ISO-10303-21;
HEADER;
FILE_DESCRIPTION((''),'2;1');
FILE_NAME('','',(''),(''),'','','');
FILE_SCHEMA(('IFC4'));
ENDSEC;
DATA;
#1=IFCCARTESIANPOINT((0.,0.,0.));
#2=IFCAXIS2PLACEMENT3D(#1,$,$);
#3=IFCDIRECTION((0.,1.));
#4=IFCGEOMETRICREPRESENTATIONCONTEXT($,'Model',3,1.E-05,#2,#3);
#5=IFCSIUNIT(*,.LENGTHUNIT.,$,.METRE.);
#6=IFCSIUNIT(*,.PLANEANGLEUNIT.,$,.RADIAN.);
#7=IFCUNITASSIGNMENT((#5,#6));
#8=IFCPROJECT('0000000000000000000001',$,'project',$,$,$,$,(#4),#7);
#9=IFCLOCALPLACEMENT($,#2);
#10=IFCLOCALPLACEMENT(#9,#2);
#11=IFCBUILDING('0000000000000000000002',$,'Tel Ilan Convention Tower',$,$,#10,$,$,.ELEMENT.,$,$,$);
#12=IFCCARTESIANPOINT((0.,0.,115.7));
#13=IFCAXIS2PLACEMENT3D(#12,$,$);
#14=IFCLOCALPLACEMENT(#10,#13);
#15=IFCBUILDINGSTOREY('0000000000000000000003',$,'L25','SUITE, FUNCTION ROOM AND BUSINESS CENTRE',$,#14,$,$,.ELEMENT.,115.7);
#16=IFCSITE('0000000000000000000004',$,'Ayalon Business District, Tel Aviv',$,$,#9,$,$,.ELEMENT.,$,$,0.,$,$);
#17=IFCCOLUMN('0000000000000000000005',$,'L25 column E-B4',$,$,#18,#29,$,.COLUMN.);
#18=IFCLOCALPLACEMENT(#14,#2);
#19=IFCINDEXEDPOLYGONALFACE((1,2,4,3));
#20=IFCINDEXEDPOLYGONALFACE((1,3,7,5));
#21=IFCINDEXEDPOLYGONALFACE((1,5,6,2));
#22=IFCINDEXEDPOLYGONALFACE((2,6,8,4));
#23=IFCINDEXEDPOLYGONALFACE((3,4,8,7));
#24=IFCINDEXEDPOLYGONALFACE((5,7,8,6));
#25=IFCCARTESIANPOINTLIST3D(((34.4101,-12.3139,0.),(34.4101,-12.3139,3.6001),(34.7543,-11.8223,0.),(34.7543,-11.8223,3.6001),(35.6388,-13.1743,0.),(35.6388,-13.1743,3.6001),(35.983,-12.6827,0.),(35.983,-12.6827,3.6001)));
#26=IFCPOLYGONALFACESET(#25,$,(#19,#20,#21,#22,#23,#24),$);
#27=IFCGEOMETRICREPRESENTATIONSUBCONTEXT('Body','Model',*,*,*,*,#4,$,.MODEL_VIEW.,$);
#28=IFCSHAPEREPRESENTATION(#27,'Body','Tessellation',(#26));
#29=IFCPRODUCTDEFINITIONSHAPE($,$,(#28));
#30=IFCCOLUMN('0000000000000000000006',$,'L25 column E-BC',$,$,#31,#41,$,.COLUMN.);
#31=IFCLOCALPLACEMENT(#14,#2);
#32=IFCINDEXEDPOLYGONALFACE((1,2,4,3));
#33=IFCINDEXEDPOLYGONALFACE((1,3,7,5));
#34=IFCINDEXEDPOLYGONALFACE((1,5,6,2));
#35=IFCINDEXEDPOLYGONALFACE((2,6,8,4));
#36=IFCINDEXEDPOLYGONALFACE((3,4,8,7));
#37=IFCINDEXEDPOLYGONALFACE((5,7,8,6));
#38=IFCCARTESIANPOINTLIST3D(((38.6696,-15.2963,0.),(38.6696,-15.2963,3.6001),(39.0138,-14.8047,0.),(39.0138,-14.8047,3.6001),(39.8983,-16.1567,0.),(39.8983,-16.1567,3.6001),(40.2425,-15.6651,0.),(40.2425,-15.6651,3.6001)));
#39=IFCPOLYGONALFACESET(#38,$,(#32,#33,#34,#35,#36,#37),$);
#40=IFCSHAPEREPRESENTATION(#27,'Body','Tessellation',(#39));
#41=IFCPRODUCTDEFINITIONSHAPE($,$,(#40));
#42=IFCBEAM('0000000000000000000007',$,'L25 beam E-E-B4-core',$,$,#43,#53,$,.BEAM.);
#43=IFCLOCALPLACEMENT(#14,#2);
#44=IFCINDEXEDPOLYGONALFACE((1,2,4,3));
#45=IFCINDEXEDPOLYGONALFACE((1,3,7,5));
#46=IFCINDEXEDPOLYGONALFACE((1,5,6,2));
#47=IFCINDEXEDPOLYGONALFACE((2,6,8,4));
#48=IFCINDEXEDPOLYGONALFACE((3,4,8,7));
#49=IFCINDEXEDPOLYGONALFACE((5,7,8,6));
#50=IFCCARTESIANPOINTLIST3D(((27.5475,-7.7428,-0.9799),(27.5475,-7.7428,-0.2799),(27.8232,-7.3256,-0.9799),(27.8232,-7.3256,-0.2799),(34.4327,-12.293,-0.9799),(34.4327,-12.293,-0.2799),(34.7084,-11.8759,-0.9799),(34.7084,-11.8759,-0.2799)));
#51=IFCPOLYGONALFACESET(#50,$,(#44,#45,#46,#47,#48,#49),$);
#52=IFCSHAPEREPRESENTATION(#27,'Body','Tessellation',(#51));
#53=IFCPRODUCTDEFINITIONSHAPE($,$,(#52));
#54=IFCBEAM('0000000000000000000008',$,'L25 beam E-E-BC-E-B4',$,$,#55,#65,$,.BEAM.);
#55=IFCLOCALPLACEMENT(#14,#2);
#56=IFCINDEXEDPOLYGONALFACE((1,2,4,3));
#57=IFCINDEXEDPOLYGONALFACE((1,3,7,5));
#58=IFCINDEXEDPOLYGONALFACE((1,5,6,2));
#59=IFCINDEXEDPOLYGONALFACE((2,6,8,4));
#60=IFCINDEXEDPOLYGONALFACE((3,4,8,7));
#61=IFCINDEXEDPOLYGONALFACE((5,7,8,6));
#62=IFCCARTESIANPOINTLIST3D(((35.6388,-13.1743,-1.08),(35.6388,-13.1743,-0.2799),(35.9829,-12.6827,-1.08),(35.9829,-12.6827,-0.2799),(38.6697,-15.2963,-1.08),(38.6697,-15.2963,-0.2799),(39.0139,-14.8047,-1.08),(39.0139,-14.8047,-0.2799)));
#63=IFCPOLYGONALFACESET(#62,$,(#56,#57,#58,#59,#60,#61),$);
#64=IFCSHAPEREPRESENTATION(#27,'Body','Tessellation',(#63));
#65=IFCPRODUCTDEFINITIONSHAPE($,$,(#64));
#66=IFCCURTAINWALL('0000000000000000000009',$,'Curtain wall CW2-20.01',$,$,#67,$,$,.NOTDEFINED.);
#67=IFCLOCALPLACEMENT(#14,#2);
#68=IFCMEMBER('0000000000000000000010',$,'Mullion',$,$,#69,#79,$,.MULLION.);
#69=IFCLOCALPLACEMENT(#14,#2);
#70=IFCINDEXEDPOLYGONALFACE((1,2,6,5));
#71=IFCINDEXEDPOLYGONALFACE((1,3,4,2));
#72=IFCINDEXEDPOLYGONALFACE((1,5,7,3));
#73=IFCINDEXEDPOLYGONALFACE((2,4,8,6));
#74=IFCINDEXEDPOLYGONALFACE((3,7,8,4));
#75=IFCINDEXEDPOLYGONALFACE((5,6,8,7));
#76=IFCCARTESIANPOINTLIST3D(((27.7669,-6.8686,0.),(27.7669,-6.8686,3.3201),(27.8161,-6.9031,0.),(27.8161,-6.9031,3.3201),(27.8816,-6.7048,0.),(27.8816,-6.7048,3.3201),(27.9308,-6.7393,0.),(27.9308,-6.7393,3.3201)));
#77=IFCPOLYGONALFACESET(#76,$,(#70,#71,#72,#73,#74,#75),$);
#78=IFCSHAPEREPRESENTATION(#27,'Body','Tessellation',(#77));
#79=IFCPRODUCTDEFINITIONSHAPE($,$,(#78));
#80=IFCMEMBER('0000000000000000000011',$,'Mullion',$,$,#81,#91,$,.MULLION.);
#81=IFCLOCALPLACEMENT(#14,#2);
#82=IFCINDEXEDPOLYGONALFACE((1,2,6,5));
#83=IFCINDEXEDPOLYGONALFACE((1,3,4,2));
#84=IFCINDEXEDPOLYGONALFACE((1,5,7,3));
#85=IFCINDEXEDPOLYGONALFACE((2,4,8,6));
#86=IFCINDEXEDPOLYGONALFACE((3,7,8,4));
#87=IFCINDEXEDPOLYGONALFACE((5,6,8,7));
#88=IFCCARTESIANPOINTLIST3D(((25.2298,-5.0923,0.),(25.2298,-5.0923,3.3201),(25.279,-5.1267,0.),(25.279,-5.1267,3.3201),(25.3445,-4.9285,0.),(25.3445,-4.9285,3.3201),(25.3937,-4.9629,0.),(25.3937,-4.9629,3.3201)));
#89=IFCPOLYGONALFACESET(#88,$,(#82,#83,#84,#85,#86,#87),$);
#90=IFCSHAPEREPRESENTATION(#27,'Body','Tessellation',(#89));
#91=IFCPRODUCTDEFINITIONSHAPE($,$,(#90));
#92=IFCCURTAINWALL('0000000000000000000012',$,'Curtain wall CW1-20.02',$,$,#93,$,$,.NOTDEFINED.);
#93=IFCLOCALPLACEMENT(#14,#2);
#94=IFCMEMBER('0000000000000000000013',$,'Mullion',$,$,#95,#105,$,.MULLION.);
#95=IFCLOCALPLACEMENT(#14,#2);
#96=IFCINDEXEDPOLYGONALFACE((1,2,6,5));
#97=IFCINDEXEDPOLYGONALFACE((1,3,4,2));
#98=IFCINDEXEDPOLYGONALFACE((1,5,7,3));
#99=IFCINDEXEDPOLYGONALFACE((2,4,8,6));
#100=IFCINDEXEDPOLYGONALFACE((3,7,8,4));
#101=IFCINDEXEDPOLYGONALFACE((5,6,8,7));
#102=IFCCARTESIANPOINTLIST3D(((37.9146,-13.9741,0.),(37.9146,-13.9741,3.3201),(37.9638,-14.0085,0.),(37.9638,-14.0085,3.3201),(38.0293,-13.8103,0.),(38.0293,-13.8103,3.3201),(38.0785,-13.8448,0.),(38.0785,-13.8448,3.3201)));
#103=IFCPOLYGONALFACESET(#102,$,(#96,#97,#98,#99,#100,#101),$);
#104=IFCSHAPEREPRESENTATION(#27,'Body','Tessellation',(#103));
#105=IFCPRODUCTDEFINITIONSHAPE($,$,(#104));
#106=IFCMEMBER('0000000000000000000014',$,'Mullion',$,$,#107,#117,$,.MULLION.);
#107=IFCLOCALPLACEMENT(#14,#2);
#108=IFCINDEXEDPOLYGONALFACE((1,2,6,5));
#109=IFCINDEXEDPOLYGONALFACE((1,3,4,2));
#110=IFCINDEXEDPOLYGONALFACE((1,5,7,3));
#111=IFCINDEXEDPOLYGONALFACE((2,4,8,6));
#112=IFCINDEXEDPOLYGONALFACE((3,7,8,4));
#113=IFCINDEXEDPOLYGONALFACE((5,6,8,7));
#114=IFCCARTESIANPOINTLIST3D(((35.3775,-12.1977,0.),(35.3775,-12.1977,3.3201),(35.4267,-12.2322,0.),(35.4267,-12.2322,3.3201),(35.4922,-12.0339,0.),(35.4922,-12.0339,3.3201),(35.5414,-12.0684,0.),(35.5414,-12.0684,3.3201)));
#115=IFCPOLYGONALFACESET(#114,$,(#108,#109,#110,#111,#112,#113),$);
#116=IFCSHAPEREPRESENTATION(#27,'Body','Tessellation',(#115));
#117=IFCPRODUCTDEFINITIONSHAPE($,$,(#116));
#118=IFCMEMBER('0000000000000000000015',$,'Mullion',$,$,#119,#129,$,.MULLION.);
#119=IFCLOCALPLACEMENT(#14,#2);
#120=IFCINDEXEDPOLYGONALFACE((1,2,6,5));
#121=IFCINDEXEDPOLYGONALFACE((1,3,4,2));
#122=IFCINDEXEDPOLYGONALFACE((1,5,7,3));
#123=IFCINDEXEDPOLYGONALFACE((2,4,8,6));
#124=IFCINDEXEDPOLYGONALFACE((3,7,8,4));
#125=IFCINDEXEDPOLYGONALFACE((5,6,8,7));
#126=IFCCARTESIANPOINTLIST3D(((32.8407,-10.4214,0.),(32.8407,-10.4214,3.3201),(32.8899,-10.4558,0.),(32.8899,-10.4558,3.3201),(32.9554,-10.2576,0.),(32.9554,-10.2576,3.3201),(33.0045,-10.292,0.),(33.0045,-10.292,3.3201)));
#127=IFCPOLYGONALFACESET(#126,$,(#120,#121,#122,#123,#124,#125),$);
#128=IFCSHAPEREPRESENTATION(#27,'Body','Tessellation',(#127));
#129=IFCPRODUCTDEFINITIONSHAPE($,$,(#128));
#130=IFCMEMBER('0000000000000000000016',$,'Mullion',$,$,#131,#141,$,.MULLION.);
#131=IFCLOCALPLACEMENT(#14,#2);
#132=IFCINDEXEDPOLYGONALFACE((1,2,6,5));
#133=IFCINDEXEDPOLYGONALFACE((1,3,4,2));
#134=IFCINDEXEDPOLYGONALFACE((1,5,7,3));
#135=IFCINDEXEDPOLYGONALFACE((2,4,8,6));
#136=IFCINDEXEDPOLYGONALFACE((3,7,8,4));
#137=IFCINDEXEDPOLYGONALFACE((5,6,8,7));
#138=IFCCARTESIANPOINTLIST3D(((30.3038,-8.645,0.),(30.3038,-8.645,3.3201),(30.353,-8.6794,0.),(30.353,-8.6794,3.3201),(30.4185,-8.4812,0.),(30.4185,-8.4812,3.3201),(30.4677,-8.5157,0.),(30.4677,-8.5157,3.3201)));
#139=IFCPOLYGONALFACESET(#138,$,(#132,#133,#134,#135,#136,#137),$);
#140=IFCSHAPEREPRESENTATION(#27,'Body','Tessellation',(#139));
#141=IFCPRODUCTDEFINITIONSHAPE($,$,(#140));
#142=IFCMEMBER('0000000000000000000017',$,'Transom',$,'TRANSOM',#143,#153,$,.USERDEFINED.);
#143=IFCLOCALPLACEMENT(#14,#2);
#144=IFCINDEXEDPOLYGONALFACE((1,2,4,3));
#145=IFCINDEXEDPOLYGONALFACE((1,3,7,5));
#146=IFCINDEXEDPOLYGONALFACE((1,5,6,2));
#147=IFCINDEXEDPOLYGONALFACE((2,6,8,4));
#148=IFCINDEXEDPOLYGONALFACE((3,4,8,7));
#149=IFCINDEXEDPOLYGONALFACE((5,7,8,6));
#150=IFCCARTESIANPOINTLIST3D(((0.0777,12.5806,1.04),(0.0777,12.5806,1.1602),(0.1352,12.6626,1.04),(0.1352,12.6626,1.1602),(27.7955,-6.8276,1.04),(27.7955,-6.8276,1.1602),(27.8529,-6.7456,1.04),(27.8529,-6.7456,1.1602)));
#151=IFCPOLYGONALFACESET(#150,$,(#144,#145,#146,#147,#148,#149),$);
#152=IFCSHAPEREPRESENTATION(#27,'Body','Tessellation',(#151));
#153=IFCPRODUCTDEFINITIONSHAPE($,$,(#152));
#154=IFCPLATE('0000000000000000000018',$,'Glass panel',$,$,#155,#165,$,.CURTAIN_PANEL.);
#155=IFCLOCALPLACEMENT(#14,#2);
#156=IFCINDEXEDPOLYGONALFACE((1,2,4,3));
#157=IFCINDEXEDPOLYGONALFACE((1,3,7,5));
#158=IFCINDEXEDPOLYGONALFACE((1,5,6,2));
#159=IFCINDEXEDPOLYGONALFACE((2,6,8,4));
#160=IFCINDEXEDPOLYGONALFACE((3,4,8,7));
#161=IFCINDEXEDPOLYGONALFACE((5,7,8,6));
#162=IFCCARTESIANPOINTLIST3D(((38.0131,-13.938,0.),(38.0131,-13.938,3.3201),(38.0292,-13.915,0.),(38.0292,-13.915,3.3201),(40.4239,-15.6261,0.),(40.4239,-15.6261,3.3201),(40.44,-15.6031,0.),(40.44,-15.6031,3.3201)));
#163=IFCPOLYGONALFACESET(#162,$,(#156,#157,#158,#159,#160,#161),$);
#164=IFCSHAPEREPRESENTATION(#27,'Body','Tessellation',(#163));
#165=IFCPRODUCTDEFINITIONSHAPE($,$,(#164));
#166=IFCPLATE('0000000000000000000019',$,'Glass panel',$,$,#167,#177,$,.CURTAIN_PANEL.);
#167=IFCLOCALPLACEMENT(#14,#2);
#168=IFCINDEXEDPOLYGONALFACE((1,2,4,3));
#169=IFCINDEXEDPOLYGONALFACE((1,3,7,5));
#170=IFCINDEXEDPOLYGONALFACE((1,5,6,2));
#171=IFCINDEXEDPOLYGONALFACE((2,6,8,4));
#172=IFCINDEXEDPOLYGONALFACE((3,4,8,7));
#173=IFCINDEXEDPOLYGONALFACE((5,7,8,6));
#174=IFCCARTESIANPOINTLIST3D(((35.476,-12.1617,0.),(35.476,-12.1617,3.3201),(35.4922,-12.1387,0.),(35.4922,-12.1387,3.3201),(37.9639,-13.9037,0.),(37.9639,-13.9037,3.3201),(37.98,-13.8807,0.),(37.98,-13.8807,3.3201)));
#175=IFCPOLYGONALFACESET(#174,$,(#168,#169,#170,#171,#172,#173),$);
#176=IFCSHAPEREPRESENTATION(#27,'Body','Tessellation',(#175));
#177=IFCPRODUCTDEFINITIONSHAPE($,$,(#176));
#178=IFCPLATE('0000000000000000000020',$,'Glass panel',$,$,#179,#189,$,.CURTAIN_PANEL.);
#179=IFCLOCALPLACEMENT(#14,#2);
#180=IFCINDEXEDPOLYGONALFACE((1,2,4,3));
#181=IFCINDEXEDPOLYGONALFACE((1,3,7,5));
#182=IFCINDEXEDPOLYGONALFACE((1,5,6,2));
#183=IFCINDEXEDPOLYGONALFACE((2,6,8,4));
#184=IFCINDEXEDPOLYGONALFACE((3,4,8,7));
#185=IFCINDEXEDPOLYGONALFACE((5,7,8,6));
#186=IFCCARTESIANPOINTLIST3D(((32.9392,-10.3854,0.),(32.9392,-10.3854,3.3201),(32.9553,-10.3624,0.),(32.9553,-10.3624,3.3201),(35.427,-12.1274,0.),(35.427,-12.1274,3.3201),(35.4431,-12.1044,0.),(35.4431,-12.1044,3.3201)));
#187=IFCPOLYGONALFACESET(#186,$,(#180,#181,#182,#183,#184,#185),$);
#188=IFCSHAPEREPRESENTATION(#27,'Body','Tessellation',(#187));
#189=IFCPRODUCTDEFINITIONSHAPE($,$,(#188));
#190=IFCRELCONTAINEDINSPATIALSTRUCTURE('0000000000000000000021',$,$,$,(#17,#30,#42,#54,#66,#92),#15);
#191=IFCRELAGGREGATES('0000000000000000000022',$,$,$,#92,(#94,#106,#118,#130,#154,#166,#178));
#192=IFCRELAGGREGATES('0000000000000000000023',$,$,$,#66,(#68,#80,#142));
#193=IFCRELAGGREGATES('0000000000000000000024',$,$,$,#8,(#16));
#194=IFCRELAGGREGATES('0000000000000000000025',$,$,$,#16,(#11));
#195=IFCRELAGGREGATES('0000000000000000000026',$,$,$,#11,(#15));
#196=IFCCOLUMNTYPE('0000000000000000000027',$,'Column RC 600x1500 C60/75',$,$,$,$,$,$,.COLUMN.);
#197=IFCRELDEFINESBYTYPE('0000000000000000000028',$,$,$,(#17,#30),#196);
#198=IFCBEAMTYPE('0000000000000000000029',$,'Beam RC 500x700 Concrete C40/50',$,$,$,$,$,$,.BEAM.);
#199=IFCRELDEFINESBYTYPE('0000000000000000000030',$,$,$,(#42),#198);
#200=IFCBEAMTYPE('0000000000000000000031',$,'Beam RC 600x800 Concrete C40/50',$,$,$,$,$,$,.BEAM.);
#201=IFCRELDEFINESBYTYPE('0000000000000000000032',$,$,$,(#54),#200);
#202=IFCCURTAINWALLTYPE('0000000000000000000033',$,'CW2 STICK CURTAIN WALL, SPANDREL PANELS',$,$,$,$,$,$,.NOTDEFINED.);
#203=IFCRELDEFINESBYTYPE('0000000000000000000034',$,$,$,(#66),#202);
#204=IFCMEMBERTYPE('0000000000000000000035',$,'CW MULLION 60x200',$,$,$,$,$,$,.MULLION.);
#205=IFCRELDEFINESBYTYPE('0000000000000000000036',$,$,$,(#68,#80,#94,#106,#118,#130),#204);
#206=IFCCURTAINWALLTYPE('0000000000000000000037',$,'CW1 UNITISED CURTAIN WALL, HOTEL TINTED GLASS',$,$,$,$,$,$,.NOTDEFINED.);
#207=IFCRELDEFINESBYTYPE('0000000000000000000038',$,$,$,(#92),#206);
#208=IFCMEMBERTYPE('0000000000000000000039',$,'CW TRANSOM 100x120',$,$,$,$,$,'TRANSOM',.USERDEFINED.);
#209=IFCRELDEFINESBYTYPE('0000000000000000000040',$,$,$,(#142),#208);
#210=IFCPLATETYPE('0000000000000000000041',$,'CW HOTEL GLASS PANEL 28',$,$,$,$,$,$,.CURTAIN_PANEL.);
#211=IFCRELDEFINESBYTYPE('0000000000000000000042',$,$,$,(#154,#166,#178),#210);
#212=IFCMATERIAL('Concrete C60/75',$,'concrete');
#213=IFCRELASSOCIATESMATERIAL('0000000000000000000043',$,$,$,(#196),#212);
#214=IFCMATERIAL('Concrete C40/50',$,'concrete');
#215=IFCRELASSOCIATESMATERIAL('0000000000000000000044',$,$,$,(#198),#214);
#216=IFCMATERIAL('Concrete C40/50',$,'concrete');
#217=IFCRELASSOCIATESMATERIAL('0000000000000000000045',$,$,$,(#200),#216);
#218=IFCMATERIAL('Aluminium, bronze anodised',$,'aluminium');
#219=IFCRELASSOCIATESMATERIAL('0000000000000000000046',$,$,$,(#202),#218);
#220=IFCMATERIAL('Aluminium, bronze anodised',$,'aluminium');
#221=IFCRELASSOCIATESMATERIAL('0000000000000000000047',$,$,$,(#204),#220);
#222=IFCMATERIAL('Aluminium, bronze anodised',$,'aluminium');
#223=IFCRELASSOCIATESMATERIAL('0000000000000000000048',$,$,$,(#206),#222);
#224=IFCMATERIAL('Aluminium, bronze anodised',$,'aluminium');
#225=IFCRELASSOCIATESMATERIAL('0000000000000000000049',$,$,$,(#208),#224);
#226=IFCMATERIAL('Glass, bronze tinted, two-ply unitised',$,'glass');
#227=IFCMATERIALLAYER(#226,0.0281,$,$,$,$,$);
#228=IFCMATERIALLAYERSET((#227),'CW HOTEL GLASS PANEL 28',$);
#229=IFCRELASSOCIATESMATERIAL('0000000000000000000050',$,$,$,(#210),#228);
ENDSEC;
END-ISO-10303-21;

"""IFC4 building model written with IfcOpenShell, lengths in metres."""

from ifc_helpers import new_model, si_unit, direction, frame, origin, origin_2d, place, context, subcontext, project, spatial, rectangle, extrude, material, layer, layer_set, material_profile, profile_set, type_object, element, aggregate, save


model = new_model("IFC4")

# Units and contexts
model_context = context("Model", 3, precision=1e-05, world=origin(), true_north=direction((0.0, 1.0)))
body_context = subcontext(model_context, "Body", "Model", "MODEL_VIEW")
ifc_project = project(units=[si_unit("LENGTHUNIT", "METRE"), si_unit("PLANEANGLEUNIT", "RADIAN")], contexts=[model_context])

# Site, building, storey
site_placement = place(None, origin())
site = spatial("IfcSite", under=ifc_project, at=site_placement, Name="Ayalon Business District, Tel Aviv", CompositionType="ELEMENT", RefElevation=0.0)
building_placement = place(site_placement, origin())
building = spatial("IfcBuilding", under=site, at=building_placement, Name="Tel Ilan Convention Tower", CompositionType="ELEMENT")
storey_placement = place(building_placement, frame((0.0, 0.0, 115.7)))
storey = spatial("IfcBuildingStorey", under=building, at=storey_placement, Name="L25", Description="SUITE, FUNCTION ROOM AND BUSINESS CENTRE", CompositionType="ELEMENT", Elevation=115.7)

# Columns
ifc_material_1 = material(Name="Concrete C60/75", Category="concrete")
ifc_material_profile_1 = material_profile(ifc_material_1, rectangle(XDim=1.5, YDim=0.6001, at=origin_2d()), Name="RC 600x1500")
ifc_profile_set_1 = profile_set([ifc_material_profile_1], Name="Concrete C60/75")
column_type = type_object("IfcColumnType", Name="Column RC 600x1500 C60/75", PredefinedType="COLUMN", material=ifc_profile_set_1)
for number, where, z_axis, x_axis, name in (
    (1, (35.1965, -12.4983, 0.0), (0.0, 0.0, 1.0), (0.819152, -0.573576, 0.0), "L25 column E-B4"),
    (2, (39.4561, -15.4807, 0.0), (0.0, 0.0, 1.0), (0.819152, -0.573576, 0.0), "L25 column E-BC"),
):
    element("IfcColumn", number, at=place(storey_placement, frame(where, z_axis=z_axis, x_axis=x_axis)), inside=storey, type_object=column_type, Name=name, PredefinedType="COLUMN", context=body_context, shape_type="SweptSolid", body=[
        extrude(rectangle(XDim=1.5, YDim=0.6001, at=origin_2d()), origin(), (0.0, 0.0, 1.0), 3.6001),
    ])

# Beams
ifc_material_2 = material(Name="Concrete C40/50", Category="concrete")
ifc_material_profile_2 = material_profile(ifc_material_2, rectangle(XDim=0.5, YDim=0.7, at=origin_2d()), Name="RC 500x700")
ifc_profile_set_2 = profile_set([ifc_material_profile_2], Name="Concrete C40/50")
beam_type_1 = type_object("IfcBeamType", Name="Beam RC 500x700 Concrete C40/50", PredefinedType="BEAM", material=ifc_profile_set_2)
beam_1_placement = place(storey_placement, frame((34.5706, -12.0845, -0.6299), z_axis=(-0.834274, 0.551351, 0.0), x_axis=(-0.551351, -0.834274, 0.0)))
element("IfcBeam", 3, at=beam_1_placement, inside=storey, type_object=beam_type_1, Name="L25 beam E-E-B4-core", PredefinedType="BEAM", context=body_context, shape_type="SweptSolid", body=[
    extrude(rectangle(XDim=0.5, YDim=0.7, at=origin_2d()), origin(), (0.0, 0.0, 1.0), 8.2529),
])
ifc_material_3 = material(Name="Concrete C40/50", Category="concrete")
ifc_material_profile_3 = material_profile(ifc_material_3, rectangle(XDim=0.6001, YDim=0.8, at=origin_2d()), Name="RC 600x800")
ifc_profile_set_3 = profile_set([ifc_material_profile_3], Name="Concrete C40/50")
beam_type_2 = type_object("IfcBeamType", Name="Beam RC 600x800 Concrete C40/50", PredefinedType="BEAM", material=ifc_profile_set_3)
beam_2_placement = place(storey_placement, frame((38.8418, -15.0505, -0.6799), z_axis=(-0.819185, 0.573529, 0.0), x_axis=(-0.573529, -0.819185, 0.0)))
element("IfcBeam", 4, at=beam_2_placement, inside=storey, type_object=beam_type_2, Name="L25 beam E-E-BC-E-B4", PredefinedType="BEAM", context=body_context, shape_type="SweptSolid", body=[
    extrude(rectangle(XDim=0.6001, YDim=0.8, at=origin_2d()), origin(), (0.0, 0.0, 1.0), 3.7),
])

# Curtain walls, members
ifc_material_4 = material(Name="Aluminium, bronze anodised", Category="aluminium")
curtain_wall_type_1 = type_object("IfcCurtainWallType", Name="CW2 STICK CURTAIN WALL, SPANDREL PANELS", PredefinedType="NOTDEFINED", material=ifc_material_4)
curtain_wall_1_placement = place(storey_placement, origin())
curtain_wall_1 = element("IfcCurtainWall", 5, at=curtain_wall_1_placement, inside=storey, type_object=curtain_wall_type_1, Name="Curtain wall CW2-20.01", PredefinedType="NOTDEFINED")
ifc_material_5 = material(Name="Aluminium, bronze anodised", Category="aluminium")
ifc_material_profile_4 = material_profile(ifc_material_5, rectangle(XDim=0.0601, YDim=0.2, at=origin_2d()), Name="CW MULLION 60x200")
ifc_profile_set_4 = profile_set([ifc_material_profile_4], Name="Aluminium, bronze anodised")
member_type_1 = type_object("IfcMemberType", Name="CW MULLION 60x200", PredefinedType="MULLION", material=ifc_profile_set_4)
member_1_placement = place(storey_placement, frame((27.8489, -6.804, 0.0), z_axis=(0.0, 0.0, 1.0), x_axis=(-0.819152, 0.573576, 0.0)))
member_1 = element("IfcMember", 6, at=member_1_placement, type_object=member_type_1, Name="Mullion", PredefinedType="MULLION", context=body_context, shape_type="SweptSolid", body=[
    extrude(rectangle(XDim=0.0601, YDim=0.2, at=origin_2d()), origin(), (0.0, 0.0, 1.0), 3.3201),
])
member_2_placement = place(storey_placement, frame((25.3118, -5.0276, 0.0), z_axis=(0.0, 0.0, 1.0), x_axis=(-0.819152, 0.573576, 0.0)))
member_2 = element("IfcMember", 7, at=member_2_placement, type_object=member_type_1, Name="Mullion", PredefinedType="MULLION", context=body_context, shape_type="SweptSolid", body=[
    extrude(rectangle(XDim=0.0601, YDim=0.2, at=origin_2d()), origin(), (0.0, 0.0, 1.0), 3.3201),
])
ifc_material_6 = material(Name="Aluminium, bronze anodised", Category="aluminium")
curtain_wall_type_2 = type_object("IfcCurtainWallType", Name="CW1 UNITISED CURTAIN WALL, HOTEL TINTED GLASS", PredefinedType="NOTDEFINED", material=ifc_material_6)
curtain_wall_2_placement = place(storey_placement, origin())
curtain_wall_2 = element("IfcCurtainWall", 8, at=curtain_wall_2_placement, inside=storey, type_object=curtain_wall_type_2, Name="Curtain wall CW1-20.02", PredefinedType="NOTDEFINED")
member_3_placement = place(storey_placement, frame((37.9966, -13.9094, 0.0), z_axis=(0.0, 0.0, 1.0), x_axis=(-0.819152, 0.573576, 0.0)))
member_3 = element("IfcMember", 9, at=member_3_placement, type_object=member_type_1, Name="Mullion", PredefinedType="MULLION", context=body_context, shape_type="SweptSolid", body=[
    extrude(rectangle(XDim=0.0601, YDim=0.2, at=origin_2d()), origin(), (0.0, 0.0, 1.0), 3.3201),
])
member_4_placement = place(storey_placement, frame((35.4595, -12.1331, 0.0), z_axis=(0.0, 0.0, 1.0), x_axis=(-0.819152, 0.573576, 0.0)))
member_4 = element("IfcMember", 10, at=member_4_placement, type_object=member_type_1, Name="Mullion", PredefinedType="MULLION", context=body_context, shape_type="SweptSolid", body=[
    extrude(rectangle(XDim=0.0601, YDim=0.2, at=origin_2d()), origin(), (0.0, 0.0, 1.0), 3.3201),
])
member_5_placement = place(storey_placement, frame((32.9226, -10.3567, 0.0), z_axis=(0.0, 0.0, 1.0), x_axis=(-0.819152, 0.573576, 0.0)))
member_5 = element("IfcMember", 11, at=member_5_placement, type_object=member_type_1, Name="Mullion", PredefinedType="MULLION", context=body_context, shape_type="SweptSolid", body=[
    extrude(rectangle(XDim=0.0601, YDim=0.2, at=origin_2d()), origin(), (0.0, 0.0, 1.0), 3.3201),
])
member_6_placement = place(storey_placement, frame((30.3857, -8.5803, 0.0), z_axis=(0.0, 0.0, 1.0), x_axis=(-0.819152, 0.573576, 0.0)))
member_6 = element("IfcMember", 12, at=member_6_placement, type_object=member_type_1, Name="Mullion", PredefinedType="MULLION", context=body_context, shape_type="SweptSolid", body=[
    extrude(rectangle(XDim=0.0601, YDim=0.2, at=origin_2d()), origin(), (0.0, 0.0, 1.0), 3.3201),
])

# Member
ifc_material_7 = material(Name="Aluminium, bronze anodised", Category="aluminium")
ifc_material_profile_5 = material_profile(ifc_material_7, rectangle(XDim=0.1001, YDim=0.1201, at=origin_2d()), Name="CW TRANSOM 100x120")
ifc_profile_set_5 = profile_set([ifc_material_profile_5], Name="Aluminium, bronze anodised")
member_type_2 = type_object("IfcMemberType", Name="CW TRANSOM 100x120", ElementType="TRANSOM", PredefinedType="USERDEFINED", material=ifc_profile_set_5)
member_7_placement = place(storey_placement, frame((27.8242, -6.7866, 1.1001), z_axis=(-0.819152, 0.573577, 0.0), x_axis=(-0.573577, -0.819152, 0.0)))
member_7 = element("IfcMember", 13, at=member_7_placement, type_object=member_type_2, Name="Transom", ObjectType="TRANSOM", PredefinedType="USERDEFINED", context=body_context, shape_type="SweptSolid", body=[
    extrude(rectangle(XDim=0.1001, YDim=0.1201, at=origin_2d()), origin(), (0.0, 0.0, 1.0), 33.8372),
])

# Plates
ifc_material_8 = material(Name="Glass, bronze tinted, two-ply unitised", Category="glass")
ifc_layer_1 = layer(ifc_material_8, 0.0281)
ifc_layer_set_1 = layer_set([ifc_layer_1], Name="CW HOTEL GLASS PANEL 28")
plate_type_1 = type_object("IfcPlateType", Name="CW HOTEL GLASS PANEL 28", PredefinedType="CURTAIN_PANEL", material=ifc_layer_set_1)
plate_1_placement = place(storey_placement, frame((39.2266, -14.7705, 0.0), z_axis=(0.0, 0.0, 1.0), x_axis=(-0.819152, 0.573576, 0.0)))
plate_1 = element("IfcPlate", 14, at=plate_1_placement, type_object=plate_type_1, Name="Glass panel", PredefinedType="CURTAIN_PANEL", context=body_context, shape_type="SweptSolid", body=[
    extrude(rectangle(XDim=2.9431, YDim=0.0281, at=origin_2d()), origin(), (0.0, 0.0, 1.0), 3.3201),
])
plate_2_placement = place(storey_placement, frame((36.728, -13.0212, 0.0), z_axis=(0.0, 0.0, 1.0), x_axis=(-0.819152, 0.573576, 0.0)))
plate_2 = element("IfcPlate", 15, at=plate_2_placement, type_object=plate_type_1, Name="Glass panel", PredefinedType="CURTAIN_PANEL", context=body_context, shape_type="SweptSolid", body=[
    extrude(rectangle(XDim=3.0371, YDim=0.0281, at=origin_2d()), origin(), (0.0, 0.0, 1.0), 3.3201),
])
plate_3_placement = place(storey_placement, frame((34.1912, -11.2449, 0.0), z_axis=(0.0, 0.0, 1.0), x_axis=(-0.819152, 0.573576, 0.0)))
plate_3 = element("IfcPlate", 16, at=plate_3_placement, type_object=plate_type_1, Name="Glass panel", PredefinedType="CURTAIN_PANEL", context=body_context, shape_type="SweptSolid", body=[
    extrude(rectangle(XDim=3.0371, YDim=0.0281, at=origin_2d()), origin(), (0.0, 0.0, 1.0), 3.3201),
])
aggregate(curtain_wall_2, [member_3, member_4, member_5, member_6, plate_1, plate_2, plate_3])
aggregate(curtain_wall_1, [member_1, member_2, member_7])

save(model, "model.ifc")
